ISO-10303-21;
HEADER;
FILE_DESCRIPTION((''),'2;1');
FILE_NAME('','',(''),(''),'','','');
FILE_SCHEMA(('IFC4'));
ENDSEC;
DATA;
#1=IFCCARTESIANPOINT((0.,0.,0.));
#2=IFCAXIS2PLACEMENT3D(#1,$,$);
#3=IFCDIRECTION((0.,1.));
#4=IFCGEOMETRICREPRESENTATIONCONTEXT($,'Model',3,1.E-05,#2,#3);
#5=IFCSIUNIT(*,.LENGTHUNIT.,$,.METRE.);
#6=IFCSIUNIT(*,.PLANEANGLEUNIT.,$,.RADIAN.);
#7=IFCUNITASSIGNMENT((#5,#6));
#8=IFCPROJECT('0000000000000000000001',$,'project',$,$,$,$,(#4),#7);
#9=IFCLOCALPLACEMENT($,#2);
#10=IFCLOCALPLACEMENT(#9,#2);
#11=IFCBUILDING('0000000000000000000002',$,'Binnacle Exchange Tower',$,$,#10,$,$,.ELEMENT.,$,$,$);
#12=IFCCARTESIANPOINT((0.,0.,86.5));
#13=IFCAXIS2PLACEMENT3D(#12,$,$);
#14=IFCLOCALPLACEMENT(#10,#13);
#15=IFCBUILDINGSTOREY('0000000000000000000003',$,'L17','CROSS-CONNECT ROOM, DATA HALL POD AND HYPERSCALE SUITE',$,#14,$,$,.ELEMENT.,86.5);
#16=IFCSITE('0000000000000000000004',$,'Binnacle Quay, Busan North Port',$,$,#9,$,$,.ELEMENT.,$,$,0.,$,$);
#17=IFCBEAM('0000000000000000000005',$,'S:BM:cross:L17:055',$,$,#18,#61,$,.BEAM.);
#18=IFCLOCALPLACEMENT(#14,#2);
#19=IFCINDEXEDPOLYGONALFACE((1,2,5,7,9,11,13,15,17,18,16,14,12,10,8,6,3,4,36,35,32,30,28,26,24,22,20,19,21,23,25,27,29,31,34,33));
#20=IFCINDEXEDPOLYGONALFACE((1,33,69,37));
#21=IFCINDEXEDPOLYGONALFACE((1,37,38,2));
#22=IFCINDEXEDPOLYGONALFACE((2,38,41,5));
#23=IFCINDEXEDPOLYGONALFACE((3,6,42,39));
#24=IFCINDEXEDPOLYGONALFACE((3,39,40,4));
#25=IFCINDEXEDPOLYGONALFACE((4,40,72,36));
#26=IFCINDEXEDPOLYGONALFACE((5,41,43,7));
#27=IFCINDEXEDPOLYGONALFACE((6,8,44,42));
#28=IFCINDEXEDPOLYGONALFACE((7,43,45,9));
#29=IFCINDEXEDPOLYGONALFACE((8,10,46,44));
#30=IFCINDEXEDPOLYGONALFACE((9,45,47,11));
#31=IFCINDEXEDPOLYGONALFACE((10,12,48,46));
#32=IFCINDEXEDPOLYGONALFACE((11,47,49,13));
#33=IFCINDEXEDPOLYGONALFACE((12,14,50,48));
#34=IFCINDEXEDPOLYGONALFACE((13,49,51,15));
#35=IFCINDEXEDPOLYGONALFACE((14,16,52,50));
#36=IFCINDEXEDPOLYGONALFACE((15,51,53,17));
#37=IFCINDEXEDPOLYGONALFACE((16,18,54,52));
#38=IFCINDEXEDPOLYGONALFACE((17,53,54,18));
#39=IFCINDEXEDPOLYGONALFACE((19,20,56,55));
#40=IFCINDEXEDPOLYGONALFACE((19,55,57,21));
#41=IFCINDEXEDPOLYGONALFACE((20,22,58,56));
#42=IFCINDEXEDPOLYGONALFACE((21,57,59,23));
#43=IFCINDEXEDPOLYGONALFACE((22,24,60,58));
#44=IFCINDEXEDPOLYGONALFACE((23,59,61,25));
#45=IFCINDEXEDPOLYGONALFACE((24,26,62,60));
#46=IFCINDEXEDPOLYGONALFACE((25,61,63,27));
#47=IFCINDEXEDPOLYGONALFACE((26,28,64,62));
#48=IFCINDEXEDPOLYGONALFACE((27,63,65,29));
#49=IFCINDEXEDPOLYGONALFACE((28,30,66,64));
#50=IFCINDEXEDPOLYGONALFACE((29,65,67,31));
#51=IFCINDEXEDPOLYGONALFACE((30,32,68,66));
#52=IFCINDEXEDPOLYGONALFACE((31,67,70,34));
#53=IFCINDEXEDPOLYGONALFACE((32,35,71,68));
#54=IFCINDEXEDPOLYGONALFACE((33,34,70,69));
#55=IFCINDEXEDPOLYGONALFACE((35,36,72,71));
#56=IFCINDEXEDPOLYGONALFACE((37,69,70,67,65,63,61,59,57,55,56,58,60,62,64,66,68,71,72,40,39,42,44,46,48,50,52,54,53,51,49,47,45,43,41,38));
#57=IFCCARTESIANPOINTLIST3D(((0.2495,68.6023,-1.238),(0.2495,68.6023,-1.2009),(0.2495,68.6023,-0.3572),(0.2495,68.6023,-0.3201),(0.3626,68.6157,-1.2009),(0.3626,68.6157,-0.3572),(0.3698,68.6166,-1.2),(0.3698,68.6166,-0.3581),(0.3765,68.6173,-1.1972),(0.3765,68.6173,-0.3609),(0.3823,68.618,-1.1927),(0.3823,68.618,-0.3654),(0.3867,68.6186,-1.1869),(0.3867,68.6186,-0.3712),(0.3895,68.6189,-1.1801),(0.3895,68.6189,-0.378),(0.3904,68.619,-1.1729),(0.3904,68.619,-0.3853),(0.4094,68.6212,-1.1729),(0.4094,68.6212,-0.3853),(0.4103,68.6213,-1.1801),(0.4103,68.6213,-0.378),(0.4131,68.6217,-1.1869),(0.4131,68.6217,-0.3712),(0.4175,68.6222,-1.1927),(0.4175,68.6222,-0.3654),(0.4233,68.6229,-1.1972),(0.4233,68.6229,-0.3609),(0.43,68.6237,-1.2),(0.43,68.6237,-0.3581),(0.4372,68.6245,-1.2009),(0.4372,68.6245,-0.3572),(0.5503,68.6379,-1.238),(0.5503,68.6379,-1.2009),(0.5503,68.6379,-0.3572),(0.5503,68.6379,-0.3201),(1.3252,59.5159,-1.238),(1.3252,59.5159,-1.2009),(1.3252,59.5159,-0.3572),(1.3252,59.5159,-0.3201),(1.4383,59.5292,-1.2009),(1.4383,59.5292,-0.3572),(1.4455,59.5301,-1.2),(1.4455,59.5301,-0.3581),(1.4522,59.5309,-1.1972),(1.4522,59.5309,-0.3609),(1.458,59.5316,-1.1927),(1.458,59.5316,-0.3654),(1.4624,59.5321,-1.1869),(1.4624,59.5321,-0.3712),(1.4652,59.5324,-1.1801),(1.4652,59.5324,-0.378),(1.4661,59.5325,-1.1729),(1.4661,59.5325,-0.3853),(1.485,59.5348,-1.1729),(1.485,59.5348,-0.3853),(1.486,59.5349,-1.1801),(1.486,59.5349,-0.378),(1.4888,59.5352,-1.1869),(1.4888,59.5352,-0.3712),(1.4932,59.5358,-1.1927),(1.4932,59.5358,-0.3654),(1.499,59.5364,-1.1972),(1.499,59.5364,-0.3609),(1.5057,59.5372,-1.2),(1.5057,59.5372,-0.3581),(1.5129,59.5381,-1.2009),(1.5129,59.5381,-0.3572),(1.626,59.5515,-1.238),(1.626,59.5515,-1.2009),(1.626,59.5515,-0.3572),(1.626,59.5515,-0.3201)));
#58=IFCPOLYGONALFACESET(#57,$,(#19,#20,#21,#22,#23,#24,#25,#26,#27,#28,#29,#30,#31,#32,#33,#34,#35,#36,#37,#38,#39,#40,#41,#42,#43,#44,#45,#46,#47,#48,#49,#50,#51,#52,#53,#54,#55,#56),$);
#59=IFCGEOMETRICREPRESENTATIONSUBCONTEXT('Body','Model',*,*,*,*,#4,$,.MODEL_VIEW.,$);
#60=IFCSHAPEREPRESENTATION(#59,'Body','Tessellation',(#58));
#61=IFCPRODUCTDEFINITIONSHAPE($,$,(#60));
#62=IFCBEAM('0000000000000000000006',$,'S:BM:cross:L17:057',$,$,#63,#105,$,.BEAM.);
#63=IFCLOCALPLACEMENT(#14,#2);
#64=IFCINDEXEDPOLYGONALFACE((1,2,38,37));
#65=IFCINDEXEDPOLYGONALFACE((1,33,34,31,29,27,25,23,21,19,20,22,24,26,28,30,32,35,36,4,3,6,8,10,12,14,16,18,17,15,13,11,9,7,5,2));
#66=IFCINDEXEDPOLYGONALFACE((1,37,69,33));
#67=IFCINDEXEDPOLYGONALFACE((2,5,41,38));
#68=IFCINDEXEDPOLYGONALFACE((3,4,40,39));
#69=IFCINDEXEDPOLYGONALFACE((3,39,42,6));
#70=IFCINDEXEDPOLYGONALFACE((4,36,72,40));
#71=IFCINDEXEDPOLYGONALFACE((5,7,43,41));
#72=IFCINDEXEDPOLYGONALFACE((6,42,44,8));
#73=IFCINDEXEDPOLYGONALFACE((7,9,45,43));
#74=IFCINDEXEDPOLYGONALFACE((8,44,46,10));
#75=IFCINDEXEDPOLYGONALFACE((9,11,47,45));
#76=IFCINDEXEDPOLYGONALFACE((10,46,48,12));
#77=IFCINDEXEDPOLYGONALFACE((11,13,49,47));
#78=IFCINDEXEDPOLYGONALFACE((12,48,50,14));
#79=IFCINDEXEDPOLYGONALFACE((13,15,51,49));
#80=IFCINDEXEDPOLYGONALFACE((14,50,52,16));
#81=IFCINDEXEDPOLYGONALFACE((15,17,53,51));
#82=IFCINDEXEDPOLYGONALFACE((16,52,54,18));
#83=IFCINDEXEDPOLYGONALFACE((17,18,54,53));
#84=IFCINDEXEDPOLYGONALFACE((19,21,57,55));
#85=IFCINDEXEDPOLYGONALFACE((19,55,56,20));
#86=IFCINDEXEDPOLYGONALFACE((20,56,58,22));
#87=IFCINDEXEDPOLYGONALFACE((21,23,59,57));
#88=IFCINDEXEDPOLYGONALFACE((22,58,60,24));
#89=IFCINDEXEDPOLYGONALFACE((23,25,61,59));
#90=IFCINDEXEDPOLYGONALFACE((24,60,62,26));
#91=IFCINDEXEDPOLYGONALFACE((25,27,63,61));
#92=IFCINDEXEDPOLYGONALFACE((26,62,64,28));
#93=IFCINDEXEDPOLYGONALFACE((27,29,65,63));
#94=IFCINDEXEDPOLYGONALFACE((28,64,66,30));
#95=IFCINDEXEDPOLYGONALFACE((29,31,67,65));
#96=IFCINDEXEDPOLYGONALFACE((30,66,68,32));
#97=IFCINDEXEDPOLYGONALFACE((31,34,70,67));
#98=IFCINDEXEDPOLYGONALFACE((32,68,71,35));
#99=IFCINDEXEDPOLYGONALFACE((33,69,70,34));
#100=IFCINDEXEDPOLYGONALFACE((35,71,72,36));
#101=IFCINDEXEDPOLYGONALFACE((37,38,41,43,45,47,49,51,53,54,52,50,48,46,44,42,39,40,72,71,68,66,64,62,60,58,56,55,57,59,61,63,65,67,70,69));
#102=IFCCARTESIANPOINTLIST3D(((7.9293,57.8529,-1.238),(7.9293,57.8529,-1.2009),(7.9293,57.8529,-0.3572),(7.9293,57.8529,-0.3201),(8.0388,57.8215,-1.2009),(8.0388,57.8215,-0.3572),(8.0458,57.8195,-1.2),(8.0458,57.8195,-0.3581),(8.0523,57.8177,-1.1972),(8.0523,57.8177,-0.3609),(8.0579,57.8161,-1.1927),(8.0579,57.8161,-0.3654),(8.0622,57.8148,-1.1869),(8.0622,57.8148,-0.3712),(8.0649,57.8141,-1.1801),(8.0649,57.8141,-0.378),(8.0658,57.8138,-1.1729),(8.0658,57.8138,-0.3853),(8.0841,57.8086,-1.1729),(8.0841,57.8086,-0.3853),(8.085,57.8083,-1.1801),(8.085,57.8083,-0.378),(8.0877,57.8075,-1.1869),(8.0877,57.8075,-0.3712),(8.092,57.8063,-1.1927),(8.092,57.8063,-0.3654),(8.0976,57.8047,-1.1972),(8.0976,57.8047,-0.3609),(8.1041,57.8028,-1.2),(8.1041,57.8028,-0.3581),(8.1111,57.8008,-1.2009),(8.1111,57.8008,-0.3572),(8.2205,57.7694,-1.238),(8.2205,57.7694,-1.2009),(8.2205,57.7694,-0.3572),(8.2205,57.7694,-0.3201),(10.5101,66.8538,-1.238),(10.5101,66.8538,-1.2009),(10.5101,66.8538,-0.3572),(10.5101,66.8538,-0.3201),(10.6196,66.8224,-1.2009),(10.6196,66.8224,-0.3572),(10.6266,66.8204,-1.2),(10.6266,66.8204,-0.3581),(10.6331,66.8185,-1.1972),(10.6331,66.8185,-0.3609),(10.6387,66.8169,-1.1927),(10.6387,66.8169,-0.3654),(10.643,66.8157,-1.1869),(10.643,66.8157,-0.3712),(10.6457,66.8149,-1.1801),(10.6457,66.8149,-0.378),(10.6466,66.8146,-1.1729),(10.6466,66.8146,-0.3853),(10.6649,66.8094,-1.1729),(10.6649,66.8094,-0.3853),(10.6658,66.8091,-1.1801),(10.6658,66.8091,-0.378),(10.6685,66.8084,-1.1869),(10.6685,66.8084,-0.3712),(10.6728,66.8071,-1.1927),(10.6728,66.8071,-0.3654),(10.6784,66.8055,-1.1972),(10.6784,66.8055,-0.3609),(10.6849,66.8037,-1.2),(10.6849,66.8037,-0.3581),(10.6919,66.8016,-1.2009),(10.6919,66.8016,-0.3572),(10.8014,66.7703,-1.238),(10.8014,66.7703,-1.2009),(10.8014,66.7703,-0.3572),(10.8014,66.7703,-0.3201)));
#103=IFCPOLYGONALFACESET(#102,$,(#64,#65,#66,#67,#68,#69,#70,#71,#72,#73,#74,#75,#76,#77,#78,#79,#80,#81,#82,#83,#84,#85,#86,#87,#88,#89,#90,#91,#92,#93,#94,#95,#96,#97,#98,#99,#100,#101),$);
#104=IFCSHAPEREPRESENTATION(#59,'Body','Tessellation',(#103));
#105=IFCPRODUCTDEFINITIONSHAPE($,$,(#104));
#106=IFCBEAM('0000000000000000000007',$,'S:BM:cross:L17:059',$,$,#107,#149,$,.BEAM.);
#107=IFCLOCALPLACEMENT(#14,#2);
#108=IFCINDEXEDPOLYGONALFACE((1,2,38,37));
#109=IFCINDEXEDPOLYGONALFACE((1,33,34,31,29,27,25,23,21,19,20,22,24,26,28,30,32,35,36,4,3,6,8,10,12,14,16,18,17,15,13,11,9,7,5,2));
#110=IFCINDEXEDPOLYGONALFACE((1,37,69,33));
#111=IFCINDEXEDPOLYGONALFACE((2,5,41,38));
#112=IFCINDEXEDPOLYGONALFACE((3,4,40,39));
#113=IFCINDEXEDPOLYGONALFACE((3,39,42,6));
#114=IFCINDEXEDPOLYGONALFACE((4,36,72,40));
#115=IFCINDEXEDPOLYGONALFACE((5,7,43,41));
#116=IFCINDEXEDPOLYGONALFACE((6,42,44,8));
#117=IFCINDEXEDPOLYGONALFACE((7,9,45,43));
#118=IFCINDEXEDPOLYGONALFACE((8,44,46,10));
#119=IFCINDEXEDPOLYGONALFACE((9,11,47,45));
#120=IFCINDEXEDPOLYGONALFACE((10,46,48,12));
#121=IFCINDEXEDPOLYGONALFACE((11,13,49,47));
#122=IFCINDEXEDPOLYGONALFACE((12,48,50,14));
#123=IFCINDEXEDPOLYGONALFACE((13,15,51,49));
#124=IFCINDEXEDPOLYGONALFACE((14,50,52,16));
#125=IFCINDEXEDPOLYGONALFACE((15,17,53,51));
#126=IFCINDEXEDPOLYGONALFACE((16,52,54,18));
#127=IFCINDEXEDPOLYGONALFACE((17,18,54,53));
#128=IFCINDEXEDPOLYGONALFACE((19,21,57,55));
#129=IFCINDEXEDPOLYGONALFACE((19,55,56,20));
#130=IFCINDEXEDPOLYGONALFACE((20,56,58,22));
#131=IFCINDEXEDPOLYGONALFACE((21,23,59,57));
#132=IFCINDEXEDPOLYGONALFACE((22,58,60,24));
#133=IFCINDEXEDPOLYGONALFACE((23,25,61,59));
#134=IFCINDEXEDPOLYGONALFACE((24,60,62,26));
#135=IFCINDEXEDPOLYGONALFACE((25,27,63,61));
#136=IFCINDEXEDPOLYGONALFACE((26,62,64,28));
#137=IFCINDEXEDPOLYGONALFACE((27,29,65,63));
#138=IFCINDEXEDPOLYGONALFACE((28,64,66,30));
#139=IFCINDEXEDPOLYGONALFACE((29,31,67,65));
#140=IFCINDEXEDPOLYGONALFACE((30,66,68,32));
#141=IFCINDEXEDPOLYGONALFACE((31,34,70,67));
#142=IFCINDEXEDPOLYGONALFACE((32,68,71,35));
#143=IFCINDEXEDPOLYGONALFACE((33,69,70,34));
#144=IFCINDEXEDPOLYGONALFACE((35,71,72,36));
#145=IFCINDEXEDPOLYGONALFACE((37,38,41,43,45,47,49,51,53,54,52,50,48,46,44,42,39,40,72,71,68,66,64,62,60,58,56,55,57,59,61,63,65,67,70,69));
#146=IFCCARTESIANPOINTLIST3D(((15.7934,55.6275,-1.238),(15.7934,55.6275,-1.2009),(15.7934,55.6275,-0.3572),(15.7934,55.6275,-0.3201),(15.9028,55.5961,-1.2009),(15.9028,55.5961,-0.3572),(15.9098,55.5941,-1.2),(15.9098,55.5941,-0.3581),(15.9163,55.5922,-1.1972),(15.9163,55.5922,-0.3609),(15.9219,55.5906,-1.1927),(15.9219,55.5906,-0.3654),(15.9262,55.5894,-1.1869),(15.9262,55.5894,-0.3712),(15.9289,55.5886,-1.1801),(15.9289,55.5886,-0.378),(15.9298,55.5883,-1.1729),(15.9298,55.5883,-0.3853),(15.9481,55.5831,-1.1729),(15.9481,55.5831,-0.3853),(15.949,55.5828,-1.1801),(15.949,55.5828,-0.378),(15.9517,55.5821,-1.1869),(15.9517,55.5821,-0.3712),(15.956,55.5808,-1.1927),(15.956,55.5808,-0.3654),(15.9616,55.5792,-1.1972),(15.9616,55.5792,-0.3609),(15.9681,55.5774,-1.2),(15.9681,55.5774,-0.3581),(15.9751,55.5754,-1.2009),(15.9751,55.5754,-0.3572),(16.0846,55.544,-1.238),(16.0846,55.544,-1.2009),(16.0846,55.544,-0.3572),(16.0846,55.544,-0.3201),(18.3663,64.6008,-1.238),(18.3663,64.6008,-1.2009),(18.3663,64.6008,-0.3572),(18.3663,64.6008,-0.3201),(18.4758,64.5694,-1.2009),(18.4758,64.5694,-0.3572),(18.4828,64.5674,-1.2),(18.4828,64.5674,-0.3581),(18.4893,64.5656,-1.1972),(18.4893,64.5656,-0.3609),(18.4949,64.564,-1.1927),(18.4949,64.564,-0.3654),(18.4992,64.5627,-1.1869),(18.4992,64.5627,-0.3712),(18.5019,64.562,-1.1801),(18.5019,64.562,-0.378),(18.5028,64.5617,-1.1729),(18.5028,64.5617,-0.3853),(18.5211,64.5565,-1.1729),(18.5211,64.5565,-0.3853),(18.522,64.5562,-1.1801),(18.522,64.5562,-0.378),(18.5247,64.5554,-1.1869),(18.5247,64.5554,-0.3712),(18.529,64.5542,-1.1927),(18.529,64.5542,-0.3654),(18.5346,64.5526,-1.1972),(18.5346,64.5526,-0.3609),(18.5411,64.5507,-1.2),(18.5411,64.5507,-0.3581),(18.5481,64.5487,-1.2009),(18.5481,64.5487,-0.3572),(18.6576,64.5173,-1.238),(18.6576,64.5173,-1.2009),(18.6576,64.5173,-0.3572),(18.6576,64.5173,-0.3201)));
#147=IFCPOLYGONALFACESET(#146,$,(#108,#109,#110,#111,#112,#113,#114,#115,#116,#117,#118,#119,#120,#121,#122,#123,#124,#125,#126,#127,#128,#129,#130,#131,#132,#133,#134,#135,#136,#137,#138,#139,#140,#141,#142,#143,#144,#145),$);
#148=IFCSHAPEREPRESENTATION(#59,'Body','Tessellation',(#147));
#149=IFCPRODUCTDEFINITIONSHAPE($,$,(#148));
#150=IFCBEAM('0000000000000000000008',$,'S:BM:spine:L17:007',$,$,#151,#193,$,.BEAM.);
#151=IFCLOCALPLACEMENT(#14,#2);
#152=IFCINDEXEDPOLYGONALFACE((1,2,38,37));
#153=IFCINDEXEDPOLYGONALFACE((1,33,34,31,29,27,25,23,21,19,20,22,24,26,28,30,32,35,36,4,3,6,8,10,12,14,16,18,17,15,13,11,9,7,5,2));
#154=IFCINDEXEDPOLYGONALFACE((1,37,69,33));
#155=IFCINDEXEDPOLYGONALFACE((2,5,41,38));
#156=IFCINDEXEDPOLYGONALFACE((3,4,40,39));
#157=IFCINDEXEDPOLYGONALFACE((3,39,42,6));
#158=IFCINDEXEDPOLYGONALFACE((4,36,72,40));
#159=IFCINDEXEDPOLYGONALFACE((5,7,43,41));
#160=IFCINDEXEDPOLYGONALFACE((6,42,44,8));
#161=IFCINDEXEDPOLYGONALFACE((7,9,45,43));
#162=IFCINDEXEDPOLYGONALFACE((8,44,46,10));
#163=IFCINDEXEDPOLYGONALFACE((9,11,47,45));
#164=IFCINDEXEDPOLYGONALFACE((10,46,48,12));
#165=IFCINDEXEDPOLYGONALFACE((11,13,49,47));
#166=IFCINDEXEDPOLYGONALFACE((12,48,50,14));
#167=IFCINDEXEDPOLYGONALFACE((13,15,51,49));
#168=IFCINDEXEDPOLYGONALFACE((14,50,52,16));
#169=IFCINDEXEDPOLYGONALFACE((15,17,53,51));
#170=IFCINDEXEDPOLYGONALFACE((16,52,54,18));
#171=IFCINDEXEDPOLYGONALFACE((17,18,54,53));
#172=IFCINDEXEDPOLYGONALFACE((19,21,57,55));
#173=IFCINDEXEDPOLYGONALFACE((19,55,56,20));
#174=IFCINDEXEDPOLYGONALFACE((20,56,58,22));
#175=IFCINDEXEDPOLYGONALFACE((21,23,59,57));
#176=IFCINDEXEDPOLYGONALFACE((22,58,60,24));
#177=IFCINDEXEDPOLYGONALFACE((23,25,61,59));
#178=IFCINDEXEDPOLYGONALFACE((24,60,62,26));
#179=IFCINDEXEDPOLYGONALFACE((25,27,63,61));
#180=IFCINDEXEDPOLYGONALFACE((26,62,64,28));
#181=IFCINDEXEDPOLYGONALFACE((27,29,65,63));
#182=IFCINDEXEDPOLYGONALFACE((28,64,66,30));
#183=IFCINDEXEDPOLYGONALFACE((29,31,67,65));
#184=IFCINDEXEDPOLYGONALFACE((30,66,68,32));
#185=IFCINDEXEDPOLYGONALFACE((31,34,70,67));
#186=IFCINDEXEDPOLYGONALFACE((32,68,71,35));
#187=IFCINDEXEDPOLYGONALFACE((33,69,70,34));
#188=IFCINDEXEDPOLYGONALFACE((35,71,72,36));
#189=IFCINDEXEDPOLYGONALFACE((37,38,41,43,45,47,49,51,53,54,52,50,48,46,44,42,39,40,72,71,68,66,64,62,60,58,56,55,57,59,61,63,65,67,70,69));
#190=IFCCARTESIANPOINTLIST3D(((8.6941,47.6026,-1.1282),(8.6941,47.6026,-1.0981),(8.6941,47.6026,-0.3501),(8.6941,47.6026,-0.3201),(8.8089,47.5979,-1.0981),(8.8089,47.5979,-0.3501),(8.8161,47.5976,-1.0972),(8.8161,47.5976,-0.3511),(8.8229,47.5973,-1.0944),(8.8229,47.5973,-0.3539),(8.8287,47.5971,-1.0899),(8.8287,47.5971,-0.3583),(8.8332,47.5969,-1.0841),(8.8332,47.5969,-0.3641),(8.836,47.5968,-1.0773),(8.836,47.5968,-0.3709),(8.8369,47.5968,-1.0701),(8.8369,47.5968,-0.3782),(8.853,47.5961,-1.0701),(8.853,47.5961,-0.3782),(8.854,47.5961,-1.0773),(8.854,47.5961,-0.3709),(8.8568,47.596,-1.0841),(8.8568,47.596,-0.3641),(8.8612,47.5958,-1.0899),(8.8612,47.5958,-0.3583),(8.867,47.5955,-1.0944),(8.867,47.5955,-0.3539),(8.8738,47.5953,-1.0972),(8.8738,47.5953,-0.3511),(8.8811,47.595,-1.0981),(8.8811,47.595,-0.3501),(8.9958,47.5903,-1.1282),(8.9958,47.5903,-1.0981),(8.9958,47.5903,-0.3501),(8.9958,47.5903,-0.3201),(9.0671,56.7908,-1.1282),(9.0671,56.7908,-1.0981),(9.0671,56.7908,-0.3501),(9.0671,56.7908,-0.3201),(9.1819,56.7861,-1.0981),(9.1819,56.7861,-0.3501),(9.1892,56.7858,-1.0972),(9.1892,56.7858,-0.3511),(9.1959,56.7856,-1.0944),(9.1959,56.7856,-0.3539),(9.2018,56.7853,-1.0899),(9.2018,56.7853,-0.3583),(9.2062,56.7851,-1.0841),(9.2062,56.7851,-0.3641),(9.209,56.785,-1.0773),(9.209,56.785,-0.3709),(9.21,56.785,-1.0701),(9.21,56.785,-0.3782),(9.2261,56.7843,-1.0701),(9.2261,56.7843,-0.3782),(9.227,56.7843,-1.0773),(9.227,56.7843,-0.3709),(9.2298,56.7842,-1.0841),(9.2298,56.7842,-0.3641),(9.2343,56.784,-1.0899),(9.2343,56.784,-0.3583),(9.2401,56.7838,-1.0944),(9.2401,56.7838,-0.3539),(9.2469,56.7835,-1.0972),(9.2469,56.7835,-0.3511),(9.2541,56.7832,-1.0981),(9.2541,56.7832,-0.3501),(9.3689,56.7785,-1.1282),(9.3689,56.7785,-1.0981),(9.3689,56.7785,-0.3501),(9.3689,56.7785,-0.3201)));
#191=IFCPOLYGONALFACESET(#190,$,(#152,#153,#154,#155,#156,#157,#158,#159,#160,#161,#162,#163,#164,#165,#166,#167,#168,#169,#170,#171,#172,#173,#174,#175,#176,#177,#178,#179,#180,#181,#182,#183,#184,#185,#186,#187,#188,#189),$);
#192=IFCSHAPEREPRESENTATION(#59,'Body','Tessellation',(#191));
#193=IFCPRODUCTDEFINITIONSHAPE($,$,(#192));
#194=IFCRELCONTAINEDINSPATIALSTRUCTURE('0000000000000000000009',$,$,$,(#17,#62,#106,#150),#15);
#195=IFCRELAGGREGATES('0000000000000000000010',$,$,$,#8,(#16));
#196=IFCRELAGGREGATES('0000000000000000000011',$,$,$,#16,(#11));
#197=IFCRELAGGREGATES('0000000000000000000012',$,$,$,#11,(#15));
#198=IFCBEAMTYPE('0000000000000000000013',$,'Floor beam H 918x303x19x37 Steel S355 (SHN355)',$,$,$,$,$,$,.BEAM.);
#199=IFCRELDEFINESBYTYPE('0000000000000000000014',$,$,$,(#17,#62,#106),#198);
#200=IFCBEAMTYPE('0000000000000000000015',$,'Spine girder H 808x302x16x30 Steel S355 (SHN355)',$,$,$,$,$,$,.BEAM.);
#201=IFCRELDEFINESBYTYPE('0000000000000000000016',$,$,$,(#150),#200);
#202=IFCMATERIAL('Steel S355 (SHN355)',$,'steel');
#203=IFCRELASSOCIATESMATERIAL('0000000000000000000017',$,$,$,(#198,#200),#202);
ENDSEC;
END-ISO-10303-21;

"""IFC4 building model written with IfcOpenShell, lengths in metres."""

from ifc_helpers import new_model, si_unit, direction, frame, origin, origin_2d, place, context, subcontext, project, spatial, i_section, extrude, material, material_profile, profile_set, type_object, element, save


model = new_model("IFC4")

# Units and contexts
model_context = context("Model", 3, precision=1e-05, world=origin(), true_north=direction((0.0, 1.0)))
body_context = subcontext(model_context, "Body", "Model", "MODEL_VIEW")
ifc_project = project(units=[si_unit("LENGTHUNIT", "METRE"), si_unit("PLANEANGLEUNIT", "RADIAN")], contexts=[model_context])

# Site, building, storey
site_placement = place(None, origin())
site = spatial("IfcSite", under=ifc_project, at=site_placement, Name="Binnacle Quay, Busan North Port", CompositionType="ELEMENT", RefElevation=0.0)
building_placement = place(site_placement, origin())
building = spatial("IfcBuilding", under=site, at=building_placement, Name="Binnacle Exchange Tower", CompositionType="ELEMENT")
storey_placement = place(building_placement, frame((0.0, 0.0, 86.5)))
storey = spatial("IfcBuildingStorey", under=building, at=storey_placement, Name="L17", Description="CROSS-CONNECT ROOM, DATA HALL POD AND HYPERSCALE SUITE", CompositionType="ELEMENT", Elevation=86.5)

# Beams
ifc_material_1 = material(Name="Steel S355 (SHN355)", Category="steel")
ifc_material_profile_1 = material_profile(ifc_material_1, i_section(OverallWidth=0.303, OverallDepth=0.918, WebThickness=0.019, FlangeThickness=0.0371, FilletRadius=0.0281, at=origin_2d()), Name="H 918x303x19x37")
ifc_profile_set_1 = profile_set([ifc_material_profile_1], Name="Steel S355 (SHN355)")
beam_type_1 = type_object("IfcBeamType", Name="Floor beam H 918x303x19x37 Steel S355 (SHN355)", PredefinedType="BEAM", material=ifc_profile_set_1)
beam_1_placement = place(storey_placement, frame((0.3999, 68.6201, -0.7791), z_axis=(0.117563, -0.993065, 0.0), x_axis=(0.993065, 0.117563, 0.0)))
element("IfcBeam", 1, at=beam_1_placement, inside=storey, type_object=beam_type_1, Name="S:BM:cross:L17:055", PredefinedType="BEAM", context=body_context, shape_type="SweptSolid", body=[
    extrude(i_section(OverallWidth=0.303, OverallDepth=0.918, WebThickness=0.019, FlangeThickness=0.0371, FilletRadius=0.0281, at=origin_2d()), origin(), (0.0, 0.0, 1.0), 9.1499),
])
beam_2_placement = place(storey_placement, frame((10.6558, 66.812, -0.7791), z_axis=(-0.275627, -0.961265, 0.0), x_axis=(0.961265, -0.275627, 0.0)))
element("IfcBeam", 2, at=beam_2_placement, inside=storey, type_object=beam_type_1, Name="S:BM:cross:L17:057", PredefinedType="BEAM", context=body_context, shape_type="SweptSolid", body=[
    extrude(i_section(OverallWidth=0.303, OverallDepth=0.918, WebThickness=0.019, FlangeThickness=0.0371, FilletRadius=0.0281, at=origin_2d()), origin(), (0.0, 0.0, 1.0), 9.3635),
])
beam_3_placement = place(storey_placement, frame((18.512, 64.5591, -0.7791), z_axis=(-0.275629, -0.961264, 0.0), x_axis=(0.961264, -0.275629, 0.0)))
element("IfcBeam", 3, at=beam_3_placement, inside=storey, type_object=beam_type_1, Name="S:BM:cross:L17:059", PredefinedType="BEAM", context=body_context, shape_type="SweptSolid", body=[
    extrude(i_section(OverallWidth=0.303, OverallDepth=0.918, WebThickness=0.019, FlangeThickness=0.0371, FilletRadius=0.0281, at=origin_2d()), origin(), (0.0, 0.0, 1.0), 9.335),
])
ifc_material_profile_2 = material_profile(ifc_material_1, i_section(OverallWidth=0.302, OverallDepth=0.8081, WebThickness=0.0161, FlangeThickness=0.03, FilletRadius=0.0281, at=origin_2d()), Name="H 808x302x16x30")
ifc_profile_set_2 = profile_set([ifc_material_profile_2], Name="Steel S355 (SHN355)")
beam_type_2 = type_object("IfcBeamType", Name="Spine girder H 808x302x16x30 Steel S355 (SHN355)", PredefinedType="BEAM", material=ifc_profile_set_2)
beam_4_placement = place(storey_placement, frame((9.218, 56.7847, -0.7241), z_axis=(-0.040567, -0.999177, 0.0), x_axis=(0.999177, -0.040567, 0.0)))
element("IfcBeam", 4, at=beam_4_placement, inside=storey, type_object=beam_type_2, Name="S:BM:spine:L17:007", PredefinedType="BEAM", context=body_context, shape_type="SweptSolid", body=[
    extrude(i_section(OverallWidth=0.302, OverallDepth=0.8081, WebThickness=0.0161, FlangeThickness=0.03, FilletRadius=0.0281, at=origin_2d()), origin(), (0.0, 0.0, 1.0), 9.1958),
])

save(model, "model.ifc")
